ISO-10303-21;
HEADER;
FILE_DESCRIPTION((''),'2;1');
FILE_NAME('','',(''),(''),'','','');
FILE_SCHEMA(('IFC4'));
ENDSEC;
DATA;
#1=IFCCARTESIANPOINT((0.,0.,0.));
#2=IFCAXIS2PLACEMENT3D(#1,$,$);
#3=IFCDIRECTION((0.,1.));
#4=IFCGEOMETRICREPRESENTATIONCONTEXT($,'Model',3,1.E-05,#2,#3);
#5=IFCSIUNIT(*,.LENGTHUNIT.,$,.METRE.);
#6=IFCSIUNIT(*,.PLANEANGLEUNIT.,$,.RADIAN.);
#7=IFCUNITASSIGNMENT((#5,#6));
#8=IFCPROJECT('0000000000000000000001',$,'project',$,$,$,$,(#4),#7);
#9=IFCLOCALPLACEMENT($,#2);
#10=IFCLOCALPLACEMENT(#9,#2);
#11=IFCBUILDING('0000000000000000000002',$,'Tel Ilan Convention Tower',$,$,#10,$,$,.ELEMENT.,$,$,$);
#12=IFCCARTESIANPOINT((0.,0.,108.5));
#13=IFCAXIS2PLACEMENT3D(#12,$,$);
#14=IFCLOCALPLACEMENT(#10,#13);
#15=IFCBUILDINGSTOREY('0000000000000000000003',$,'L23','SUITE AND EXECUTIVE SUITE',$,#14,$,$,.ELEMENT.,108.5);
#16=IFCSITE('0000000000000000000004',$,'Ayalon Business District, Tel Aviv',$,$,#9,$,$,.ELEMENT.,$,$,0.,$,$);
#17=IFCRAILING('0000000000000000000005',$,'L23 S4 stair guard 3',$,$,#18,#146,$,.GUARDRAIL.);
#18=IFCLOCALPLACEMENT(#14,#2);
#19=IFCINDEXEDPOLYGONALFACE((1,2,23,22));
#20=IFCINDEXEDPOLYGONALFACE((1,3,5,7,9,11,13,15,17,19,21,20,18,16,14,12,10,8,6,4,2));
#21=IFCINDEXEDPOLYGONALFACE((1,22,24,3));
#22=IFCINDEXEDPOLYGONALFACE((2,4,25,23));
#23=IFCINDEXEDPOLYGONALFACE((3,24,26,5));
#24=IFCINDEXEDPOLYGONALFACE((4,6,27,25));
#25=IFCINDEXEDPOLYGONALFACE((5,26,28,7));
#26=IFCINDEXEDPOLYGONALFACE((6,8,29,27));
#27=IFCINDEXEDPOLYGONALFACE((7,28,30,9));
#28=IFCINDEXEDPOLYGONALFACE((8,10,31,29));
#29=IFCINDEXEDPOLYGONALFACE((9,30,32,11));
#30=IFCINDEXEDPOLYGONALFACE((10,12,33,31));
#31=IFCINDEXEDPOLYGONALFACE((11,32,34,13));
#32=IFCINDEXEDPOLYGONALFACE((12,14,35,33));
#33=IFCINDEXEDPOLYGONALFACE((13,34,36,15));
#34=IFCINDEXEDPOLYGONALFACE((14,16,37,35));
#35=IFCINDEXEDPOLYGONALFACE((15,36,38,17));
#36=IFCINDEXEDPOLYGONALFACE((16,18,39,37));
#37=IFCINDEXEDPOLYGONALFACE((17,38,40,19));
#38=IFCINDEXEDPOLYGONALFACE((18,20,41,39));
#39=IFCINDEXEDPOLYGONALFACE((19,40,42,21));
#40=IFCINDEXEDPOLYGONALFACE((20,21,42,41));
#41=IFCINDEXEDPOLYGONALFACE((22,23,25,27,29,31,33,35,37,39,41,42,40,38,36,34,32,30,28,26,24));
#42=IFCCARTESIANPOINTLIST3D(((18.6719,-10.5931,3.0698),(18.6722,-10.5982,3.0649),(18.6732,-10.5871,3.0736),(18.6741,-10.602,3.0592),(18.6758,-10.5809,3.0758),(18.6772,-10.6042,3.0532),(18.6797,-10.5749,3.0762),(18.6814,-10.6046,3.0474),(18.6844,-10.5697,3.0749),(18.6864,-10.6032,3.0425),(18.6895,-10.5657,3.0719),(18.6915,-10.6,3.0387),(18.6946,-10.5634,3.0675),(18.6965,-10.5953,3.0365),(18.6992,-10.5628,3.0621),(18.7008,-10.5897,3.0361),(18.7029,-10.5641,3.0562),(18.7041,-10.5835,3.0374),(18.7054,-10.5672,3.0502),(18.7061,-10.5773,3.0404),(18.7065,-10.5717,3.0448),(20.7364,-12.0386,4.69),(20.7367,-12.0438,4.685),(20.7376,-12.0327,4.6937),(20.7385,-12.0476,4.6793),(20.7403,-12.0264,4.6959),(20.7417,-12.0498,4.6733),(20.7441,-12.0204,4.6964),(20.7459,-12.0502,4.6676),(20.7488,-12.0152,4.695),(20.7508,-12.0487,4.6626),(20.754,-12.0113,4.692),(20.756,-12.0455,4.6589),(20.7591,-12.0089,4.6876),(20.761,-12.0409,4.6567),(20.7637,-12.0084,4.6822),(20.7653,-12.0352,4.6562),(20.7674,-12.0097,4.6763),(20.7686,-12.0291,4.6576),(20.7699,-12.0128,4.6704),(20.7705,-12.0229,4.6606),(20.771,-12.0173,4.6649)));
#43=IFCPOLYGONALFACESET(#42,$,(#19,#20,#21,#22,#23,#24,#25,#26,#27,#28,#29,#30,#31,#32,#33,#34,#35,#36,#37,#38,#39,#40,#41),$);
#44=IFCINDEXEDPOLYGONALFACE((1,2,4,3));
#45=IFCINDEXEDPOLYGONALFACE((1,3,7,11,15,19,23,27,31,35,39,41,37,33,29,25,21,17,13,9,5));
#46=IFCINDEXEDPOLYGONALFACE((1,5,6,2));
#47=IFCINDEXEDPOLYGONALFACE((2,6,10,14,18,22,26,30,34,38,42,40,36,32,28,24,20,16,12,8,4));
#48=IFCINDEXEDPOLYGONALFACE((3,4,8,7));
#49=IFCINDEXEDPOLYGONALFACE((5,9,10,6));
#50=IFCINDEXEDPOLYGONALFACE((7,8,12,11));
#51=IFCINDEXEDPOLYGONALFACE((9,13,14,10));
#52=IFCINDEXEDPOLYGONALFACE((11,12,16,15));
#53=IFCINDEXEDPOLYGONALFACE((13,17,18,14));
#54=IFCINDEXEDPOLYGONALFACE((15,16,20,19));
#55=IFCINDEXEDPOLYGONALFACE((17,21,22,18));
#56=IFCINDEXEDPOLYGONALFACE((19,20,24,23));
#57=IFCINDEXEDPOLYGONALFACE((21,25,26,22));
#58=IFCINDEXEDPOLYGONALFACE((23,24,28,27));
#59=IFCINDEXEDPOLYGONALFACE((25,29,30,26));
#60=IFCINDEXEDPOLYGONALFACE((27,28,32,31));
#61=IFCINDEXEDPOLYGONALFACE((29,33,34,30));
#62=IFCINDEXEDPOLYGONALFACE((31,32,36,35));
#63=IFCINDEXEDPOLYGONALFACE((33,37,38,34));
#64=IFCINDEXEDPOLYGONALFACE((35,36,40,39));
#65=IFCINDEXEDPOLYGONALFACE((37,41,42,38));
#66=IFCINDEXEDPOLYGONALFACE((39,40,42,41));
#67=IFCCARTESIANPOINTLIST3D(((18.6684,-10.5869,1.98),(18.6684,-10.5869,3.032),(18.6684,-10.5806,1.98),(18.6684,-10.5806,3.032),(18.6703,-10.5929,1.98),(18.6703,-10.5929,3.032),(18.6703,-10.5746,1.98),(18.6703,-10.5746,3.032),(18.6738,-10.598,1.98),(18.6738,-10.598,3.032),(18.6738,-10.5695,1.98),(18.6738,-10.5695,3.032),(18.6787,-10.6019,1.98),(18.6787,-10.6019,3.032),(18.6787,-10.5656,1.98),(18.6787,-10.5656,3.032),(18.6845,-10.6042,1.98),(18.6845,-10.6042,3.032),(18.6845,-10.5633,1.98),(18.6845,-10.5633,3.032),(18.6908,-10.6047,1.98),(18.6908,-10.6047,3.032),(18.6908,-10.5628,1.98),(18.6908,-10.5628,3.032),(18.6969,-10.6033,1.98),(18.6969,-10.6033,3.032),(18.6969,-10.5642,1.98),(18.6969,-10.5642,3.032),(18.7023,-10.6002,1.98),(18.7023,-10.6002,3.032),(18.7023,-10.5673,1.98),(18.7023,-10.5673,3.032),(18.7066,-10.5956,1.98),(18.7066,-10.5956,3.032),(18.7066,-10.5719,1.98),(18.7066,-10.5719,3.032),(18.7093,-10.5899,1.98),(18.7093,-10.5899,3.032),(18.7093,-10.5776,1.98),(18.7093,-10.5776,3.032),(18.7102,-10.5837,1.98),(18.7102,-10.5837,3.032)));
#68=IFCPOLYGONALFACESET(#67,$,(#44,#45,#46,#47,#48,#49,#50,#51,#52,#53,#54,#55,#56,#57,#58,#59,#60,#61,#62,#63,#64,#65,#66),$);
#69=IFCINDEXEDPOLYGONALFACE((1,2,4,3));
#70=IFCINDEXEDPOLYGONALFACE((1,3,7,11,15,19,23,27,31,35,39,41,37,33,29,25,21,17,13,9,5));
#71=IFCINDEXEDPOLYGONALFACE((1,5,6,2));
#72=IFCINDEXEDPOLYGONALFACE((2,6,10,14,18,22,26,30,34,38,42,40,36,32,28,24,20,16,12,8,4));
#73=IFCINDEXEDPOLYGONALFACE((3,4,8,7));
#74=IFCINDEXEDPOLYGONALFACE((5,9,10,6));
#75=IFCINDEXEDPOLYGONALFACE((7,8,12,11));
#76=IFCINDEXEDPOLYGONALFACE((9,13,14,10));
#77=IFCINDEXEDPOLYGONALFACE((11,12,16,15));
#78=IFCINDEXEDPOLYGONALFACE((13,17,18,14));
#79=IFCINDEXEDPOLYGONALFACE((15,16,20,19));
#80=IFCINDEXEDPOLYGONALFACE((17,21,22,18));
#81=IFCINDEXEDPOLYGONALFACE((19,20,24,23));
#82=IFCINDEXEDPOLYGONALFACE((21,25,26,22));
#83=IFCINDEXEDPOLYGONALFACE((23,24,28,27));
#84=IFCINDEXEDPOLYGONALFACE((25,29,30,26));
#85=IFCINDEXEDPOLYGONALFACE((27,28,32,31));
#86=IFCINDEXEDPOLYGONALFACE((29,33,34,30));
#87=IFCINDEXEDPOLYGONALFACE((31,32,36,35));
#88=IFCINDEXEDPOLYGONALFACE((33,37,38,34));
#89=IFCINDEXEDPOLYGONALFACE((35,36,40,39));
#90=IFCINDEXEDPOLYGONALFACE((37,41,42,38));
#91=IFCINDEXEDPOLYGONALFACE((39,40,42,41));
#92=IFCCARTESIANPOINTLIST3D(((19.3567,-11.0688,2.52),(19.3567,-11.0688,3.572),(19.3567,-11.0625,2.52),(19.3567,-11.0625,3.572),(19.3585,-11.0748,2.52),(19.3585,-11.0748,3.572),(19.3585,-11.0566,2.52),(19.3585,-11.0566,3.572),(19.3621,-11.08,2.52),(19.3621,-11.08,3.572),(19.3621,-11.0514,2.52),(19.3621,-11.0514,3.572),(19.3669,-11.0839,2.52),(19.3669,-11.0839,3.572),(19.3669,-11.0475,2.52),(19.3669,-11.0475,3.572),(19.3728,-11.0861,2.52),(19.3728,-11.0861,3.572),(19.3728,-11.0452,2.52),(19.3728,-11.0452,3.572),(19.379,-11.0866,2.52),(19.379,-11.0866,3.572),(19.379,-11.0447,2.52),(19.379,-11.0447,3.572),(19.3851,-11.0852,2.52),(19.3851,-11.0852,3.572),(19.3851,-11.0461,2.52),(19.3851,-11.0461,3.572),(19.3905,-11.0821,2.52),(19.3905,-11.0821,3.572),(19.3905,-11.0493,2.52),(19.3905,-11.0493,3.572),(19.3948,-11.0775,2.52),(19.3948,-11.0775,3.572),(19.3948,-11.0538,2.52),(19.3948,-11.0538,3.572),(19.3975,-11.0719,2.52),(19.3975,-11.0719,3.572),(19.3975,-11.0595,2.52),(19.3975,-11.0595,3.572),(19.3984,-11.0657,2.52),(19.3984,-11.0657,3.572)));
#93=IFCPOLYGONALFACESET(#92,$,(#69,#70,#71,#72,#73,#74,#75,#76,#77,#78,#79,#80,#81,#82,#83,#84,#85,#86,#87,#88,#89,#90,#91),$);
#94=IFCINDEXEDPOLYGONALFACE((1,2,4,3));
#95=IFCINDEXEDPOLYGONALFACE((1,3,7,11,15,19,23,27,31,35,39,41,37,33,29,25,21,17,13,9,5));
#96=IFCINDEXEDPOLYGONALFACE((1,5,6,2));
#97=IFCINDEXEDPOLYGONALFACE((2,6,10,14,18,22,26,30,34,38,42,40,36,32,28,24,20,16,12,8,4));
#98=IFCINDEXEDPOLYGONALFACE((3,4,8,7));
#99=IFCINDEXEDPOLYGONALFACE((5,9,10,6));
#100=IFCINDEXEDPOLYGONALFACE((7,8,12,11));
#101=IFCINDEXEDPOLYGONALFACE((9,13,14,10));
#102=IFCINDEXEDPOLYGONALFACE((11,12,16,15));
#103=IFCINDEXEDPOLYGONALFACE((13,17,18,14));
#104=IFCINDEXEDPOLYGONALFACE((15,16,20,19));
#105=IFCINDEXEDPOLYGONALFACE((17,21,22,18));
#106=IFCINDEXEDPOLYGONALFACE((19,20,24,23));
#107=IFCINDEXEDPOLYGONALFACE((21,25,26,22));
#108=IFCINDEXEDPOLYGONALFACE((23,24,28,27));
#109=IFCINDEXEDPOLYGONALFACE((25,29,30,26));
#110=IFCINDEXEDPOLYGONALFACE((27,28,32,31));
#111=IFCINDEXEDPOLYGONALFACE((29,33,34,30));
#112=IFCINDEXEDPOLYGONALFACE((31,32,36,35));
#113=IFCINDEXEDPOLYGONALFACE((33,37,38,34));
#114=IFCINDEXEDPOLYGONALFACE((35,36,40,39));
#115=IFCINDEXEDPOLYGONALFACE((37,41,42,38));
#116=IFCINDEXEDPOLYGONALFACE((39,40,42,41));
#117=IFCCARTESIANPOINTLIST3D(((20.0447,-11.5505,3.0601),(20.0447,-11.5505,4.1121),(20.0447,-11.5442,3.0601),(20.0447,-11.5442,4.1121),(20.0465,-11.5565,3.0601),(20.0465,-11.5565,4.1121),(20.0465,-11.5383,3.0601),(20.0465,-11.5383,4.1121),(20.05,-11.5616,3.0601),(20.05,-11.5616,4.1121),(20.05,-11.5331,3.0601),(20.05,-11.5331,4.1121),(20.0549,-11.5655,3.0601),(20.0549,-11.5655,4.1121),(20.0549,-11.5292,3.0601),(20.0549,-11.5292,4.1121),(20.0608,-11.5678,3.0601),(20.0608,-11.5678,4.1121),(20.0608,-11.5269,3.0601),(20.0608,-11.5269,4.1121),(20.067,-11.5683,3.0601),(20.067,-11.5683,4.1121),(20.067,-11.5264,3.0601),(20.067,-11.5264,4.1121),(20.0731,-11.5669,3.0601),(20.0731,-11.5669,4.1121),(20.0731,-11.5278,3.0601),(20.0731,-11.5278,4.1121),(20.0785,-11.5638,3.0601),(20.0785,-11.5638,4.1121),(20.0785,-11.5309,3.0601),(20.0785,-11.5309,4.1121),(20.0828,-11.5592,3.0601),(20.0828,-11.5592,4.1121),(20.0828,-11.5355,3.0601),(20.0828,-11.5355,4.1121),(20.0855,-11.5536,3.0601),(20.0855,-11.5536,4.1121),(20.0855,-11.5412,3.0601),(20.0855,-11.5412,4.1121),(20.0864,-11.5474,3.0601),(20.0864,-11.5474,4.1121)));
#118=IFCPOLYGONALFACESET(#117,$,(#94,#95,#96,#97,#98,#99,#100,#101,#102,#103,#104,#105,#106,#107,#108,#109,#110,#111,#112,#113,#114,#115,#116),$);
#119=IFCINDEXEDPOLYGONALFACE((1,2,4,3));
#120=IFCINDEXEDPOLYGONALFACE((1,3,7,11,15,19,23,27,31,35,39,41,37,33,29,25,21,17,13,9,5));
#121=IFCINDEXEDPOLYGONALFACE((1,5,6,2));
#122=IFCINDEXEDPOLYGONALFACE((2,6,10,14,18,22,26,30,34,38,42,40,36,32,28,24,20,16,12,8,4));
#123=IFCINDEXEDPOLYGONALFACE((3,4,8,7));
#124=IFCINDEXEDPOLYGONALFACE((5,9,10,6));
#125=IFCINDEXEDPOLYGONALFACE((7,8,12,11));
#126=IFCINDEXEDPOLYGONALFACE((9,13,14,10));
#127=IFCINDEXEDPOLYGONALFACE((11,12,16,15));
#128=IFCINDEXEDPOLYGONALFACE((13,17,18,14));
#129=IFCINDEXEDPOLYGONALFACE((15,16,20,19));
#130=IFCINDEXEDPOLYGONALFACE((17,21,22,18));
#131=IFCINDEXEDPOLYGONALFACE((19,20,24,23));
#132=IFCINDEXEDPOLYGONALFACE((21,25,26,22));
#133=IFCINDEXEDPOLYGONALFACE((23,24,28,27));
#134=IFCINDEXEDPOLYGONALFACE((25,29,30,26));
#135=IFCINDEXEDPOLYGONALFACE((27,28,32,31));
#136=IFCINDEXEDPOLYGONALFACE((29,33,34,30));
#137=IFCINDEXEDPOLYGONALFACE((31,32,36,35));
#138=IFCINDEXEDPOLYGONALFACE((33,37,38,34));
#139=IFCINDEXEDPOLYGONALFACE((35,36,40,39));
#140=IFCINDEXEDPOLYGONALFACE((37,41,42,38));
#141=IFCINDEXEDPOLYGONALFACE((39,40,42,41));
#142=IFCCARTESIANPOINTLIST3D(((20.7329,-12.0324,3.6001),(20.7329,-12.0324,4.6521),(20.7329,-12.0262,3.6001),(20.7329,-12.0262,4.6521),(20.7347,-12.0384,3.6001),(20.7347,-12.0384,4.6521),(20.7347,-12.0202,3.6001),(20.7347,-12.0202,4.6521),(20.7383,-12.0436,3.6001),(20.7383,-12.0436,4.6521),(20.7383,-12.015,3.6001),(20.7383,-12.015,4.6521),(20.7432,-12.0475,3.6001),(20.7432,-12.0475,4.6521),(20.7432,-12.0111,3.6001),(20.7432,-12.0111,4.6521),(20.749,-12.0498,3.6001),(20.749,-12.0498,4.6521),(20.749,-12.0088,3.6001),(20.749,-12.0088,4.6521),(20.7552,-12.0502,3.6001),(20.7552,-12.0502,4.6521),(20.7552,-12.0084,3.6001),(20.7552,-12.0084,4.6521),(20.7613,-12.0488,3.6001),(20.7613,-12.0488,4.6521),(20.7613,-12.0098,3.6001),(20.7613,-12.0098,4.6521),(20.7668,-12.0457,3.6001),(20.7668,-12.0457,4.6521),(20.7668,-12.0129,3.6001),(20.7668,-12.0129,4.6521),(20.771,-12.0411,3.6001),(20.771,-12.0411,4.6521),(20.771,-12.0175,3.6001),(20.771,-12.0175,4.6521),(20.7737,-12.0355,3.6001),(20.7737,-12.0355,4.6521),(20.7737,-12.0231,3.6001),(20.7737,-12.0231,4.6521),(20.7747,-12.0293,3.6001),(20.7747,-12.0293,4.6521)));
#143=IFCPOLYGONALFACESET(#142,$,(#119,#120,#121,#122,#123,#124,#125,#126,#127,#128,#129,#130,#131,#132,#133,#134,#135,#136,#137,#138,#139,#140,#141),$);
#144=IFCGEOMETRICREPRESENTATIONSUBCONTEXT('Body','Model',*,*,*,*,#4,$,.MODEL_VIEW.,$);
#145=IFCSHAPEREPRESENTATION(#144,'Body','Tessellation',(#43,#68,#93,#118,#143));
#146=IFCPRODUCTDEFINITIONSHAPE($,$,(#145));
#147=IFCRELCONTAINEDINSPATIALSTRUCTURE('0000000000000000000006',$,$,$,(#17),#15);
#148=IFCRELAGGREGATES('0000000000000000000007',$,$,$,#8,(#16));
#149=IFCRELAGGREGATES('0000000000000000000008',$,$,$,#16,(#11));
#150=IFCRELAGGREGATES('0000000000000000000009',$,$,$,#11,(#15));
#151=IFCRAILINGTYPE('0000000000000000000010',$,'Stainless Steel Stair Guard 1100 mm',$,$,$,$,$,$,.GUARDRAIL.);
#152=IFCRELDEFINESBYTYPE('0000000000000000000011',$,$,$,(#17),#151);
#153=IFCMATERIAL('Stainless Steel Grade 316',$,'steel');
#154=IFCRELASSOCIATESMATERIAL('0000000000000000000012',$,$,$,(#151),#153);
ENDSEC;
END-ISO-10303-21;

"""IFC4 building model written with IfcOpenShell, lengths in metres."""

from ifc_helpers import new_model, si_unit, direction, frame, origin, origin_2d, place, context, subcontext, project, spatial, circle, extrude, material, type_object, element, save


model = new_model("IFC4")

# Units and contexts
model_context = context("Model", 3, precision=1e-05, world=origin(), true_north=direction((0.0, 1.0)))
body_context = subcontext(model_context, "Body", "Model", "MODEL_VIEW")
ifc_project = project(units=[si_unit("LENGTHUNIT", "METRE"), si_unit("PLANEANGLEUNIT", "RADIAN")], contexts=[model_context])

# Site, building, storey
site_placement = place(None, origin())
site = spatial("IfcSite", under=ifc_project, at=site_placement, Name="Ayalon Business District, Tel Aviv", CompositionType="ELEMENT", RefElevation=0.0)
building_placement = place(site_placement, origin())
building = spatial("IfcBuilding", under=site, at=building_placement, Name="Tel Ilan Convention Tower", CompositionType="ELEMENT")
storey_placement = place(building_placement, frame((0.0, 0.0, 108.5)))
storey = spatial("IfcBuildingStorey", under=building, at=storey_placement, Name="L23", Description="SUITE AND EXECUTIVE SUITE", CompositionType="ELEMENT", Elevation=108.5)

# Railing
ifc_material_1 = material(Name="Stainless Steel Grade 316", Category="steel")
railing_type_1 = type_object("IfcRailingType", Name="Stainless Steel Stair Guard 1100 mm", PredefinedType="GUARDRAIL", material=ifc_material_1)
railing_1_placement = place(storey_placement, frame((18.6892, -10.5837, 1.98)))
element("IfcRailing", 1, at=railing_1_placement, inside=storey, type_object=railing_type_1, Name="L23 S4 stair guard 3", PredefinedType="GUARDRAIL", context=body_context, shape_type="SweptSolid", body=[
    extrude(circle(Radius=0.0239, at=origin_2d()), frame((0.0, 0.0, 1.0762), z_axis=(0.689056, -0.482486, 0.540749), x_axis=(0.573579, 0.81915, 0.0)), (0.0, 0.0, 1.0), 2.9961),
    extrude(circle(Radius=0.021, at=origin_2d()), origin(), (0.0, 0.0, 1.0), 1.052),
    extrude(circle(Radius=0.021, at=origin_2d()), frame((0.6882, -0.4819, 0.54)), (0.0, 0.0, 1.0), 1.052),
    extrude(circle(Radius=0.021, at=origin_2d()), frame((1.3762, -0.9636, 1.0801)), (0.0, 0.0, 1.0), 1.052),
    extrude(circle(Radius=0.021, at=origin_2d()), frame((2.0645, -1.4456, 1.6201)), (0.0, 0.0, 1.0), 1.052),
])

save(model, "model.ifc")
